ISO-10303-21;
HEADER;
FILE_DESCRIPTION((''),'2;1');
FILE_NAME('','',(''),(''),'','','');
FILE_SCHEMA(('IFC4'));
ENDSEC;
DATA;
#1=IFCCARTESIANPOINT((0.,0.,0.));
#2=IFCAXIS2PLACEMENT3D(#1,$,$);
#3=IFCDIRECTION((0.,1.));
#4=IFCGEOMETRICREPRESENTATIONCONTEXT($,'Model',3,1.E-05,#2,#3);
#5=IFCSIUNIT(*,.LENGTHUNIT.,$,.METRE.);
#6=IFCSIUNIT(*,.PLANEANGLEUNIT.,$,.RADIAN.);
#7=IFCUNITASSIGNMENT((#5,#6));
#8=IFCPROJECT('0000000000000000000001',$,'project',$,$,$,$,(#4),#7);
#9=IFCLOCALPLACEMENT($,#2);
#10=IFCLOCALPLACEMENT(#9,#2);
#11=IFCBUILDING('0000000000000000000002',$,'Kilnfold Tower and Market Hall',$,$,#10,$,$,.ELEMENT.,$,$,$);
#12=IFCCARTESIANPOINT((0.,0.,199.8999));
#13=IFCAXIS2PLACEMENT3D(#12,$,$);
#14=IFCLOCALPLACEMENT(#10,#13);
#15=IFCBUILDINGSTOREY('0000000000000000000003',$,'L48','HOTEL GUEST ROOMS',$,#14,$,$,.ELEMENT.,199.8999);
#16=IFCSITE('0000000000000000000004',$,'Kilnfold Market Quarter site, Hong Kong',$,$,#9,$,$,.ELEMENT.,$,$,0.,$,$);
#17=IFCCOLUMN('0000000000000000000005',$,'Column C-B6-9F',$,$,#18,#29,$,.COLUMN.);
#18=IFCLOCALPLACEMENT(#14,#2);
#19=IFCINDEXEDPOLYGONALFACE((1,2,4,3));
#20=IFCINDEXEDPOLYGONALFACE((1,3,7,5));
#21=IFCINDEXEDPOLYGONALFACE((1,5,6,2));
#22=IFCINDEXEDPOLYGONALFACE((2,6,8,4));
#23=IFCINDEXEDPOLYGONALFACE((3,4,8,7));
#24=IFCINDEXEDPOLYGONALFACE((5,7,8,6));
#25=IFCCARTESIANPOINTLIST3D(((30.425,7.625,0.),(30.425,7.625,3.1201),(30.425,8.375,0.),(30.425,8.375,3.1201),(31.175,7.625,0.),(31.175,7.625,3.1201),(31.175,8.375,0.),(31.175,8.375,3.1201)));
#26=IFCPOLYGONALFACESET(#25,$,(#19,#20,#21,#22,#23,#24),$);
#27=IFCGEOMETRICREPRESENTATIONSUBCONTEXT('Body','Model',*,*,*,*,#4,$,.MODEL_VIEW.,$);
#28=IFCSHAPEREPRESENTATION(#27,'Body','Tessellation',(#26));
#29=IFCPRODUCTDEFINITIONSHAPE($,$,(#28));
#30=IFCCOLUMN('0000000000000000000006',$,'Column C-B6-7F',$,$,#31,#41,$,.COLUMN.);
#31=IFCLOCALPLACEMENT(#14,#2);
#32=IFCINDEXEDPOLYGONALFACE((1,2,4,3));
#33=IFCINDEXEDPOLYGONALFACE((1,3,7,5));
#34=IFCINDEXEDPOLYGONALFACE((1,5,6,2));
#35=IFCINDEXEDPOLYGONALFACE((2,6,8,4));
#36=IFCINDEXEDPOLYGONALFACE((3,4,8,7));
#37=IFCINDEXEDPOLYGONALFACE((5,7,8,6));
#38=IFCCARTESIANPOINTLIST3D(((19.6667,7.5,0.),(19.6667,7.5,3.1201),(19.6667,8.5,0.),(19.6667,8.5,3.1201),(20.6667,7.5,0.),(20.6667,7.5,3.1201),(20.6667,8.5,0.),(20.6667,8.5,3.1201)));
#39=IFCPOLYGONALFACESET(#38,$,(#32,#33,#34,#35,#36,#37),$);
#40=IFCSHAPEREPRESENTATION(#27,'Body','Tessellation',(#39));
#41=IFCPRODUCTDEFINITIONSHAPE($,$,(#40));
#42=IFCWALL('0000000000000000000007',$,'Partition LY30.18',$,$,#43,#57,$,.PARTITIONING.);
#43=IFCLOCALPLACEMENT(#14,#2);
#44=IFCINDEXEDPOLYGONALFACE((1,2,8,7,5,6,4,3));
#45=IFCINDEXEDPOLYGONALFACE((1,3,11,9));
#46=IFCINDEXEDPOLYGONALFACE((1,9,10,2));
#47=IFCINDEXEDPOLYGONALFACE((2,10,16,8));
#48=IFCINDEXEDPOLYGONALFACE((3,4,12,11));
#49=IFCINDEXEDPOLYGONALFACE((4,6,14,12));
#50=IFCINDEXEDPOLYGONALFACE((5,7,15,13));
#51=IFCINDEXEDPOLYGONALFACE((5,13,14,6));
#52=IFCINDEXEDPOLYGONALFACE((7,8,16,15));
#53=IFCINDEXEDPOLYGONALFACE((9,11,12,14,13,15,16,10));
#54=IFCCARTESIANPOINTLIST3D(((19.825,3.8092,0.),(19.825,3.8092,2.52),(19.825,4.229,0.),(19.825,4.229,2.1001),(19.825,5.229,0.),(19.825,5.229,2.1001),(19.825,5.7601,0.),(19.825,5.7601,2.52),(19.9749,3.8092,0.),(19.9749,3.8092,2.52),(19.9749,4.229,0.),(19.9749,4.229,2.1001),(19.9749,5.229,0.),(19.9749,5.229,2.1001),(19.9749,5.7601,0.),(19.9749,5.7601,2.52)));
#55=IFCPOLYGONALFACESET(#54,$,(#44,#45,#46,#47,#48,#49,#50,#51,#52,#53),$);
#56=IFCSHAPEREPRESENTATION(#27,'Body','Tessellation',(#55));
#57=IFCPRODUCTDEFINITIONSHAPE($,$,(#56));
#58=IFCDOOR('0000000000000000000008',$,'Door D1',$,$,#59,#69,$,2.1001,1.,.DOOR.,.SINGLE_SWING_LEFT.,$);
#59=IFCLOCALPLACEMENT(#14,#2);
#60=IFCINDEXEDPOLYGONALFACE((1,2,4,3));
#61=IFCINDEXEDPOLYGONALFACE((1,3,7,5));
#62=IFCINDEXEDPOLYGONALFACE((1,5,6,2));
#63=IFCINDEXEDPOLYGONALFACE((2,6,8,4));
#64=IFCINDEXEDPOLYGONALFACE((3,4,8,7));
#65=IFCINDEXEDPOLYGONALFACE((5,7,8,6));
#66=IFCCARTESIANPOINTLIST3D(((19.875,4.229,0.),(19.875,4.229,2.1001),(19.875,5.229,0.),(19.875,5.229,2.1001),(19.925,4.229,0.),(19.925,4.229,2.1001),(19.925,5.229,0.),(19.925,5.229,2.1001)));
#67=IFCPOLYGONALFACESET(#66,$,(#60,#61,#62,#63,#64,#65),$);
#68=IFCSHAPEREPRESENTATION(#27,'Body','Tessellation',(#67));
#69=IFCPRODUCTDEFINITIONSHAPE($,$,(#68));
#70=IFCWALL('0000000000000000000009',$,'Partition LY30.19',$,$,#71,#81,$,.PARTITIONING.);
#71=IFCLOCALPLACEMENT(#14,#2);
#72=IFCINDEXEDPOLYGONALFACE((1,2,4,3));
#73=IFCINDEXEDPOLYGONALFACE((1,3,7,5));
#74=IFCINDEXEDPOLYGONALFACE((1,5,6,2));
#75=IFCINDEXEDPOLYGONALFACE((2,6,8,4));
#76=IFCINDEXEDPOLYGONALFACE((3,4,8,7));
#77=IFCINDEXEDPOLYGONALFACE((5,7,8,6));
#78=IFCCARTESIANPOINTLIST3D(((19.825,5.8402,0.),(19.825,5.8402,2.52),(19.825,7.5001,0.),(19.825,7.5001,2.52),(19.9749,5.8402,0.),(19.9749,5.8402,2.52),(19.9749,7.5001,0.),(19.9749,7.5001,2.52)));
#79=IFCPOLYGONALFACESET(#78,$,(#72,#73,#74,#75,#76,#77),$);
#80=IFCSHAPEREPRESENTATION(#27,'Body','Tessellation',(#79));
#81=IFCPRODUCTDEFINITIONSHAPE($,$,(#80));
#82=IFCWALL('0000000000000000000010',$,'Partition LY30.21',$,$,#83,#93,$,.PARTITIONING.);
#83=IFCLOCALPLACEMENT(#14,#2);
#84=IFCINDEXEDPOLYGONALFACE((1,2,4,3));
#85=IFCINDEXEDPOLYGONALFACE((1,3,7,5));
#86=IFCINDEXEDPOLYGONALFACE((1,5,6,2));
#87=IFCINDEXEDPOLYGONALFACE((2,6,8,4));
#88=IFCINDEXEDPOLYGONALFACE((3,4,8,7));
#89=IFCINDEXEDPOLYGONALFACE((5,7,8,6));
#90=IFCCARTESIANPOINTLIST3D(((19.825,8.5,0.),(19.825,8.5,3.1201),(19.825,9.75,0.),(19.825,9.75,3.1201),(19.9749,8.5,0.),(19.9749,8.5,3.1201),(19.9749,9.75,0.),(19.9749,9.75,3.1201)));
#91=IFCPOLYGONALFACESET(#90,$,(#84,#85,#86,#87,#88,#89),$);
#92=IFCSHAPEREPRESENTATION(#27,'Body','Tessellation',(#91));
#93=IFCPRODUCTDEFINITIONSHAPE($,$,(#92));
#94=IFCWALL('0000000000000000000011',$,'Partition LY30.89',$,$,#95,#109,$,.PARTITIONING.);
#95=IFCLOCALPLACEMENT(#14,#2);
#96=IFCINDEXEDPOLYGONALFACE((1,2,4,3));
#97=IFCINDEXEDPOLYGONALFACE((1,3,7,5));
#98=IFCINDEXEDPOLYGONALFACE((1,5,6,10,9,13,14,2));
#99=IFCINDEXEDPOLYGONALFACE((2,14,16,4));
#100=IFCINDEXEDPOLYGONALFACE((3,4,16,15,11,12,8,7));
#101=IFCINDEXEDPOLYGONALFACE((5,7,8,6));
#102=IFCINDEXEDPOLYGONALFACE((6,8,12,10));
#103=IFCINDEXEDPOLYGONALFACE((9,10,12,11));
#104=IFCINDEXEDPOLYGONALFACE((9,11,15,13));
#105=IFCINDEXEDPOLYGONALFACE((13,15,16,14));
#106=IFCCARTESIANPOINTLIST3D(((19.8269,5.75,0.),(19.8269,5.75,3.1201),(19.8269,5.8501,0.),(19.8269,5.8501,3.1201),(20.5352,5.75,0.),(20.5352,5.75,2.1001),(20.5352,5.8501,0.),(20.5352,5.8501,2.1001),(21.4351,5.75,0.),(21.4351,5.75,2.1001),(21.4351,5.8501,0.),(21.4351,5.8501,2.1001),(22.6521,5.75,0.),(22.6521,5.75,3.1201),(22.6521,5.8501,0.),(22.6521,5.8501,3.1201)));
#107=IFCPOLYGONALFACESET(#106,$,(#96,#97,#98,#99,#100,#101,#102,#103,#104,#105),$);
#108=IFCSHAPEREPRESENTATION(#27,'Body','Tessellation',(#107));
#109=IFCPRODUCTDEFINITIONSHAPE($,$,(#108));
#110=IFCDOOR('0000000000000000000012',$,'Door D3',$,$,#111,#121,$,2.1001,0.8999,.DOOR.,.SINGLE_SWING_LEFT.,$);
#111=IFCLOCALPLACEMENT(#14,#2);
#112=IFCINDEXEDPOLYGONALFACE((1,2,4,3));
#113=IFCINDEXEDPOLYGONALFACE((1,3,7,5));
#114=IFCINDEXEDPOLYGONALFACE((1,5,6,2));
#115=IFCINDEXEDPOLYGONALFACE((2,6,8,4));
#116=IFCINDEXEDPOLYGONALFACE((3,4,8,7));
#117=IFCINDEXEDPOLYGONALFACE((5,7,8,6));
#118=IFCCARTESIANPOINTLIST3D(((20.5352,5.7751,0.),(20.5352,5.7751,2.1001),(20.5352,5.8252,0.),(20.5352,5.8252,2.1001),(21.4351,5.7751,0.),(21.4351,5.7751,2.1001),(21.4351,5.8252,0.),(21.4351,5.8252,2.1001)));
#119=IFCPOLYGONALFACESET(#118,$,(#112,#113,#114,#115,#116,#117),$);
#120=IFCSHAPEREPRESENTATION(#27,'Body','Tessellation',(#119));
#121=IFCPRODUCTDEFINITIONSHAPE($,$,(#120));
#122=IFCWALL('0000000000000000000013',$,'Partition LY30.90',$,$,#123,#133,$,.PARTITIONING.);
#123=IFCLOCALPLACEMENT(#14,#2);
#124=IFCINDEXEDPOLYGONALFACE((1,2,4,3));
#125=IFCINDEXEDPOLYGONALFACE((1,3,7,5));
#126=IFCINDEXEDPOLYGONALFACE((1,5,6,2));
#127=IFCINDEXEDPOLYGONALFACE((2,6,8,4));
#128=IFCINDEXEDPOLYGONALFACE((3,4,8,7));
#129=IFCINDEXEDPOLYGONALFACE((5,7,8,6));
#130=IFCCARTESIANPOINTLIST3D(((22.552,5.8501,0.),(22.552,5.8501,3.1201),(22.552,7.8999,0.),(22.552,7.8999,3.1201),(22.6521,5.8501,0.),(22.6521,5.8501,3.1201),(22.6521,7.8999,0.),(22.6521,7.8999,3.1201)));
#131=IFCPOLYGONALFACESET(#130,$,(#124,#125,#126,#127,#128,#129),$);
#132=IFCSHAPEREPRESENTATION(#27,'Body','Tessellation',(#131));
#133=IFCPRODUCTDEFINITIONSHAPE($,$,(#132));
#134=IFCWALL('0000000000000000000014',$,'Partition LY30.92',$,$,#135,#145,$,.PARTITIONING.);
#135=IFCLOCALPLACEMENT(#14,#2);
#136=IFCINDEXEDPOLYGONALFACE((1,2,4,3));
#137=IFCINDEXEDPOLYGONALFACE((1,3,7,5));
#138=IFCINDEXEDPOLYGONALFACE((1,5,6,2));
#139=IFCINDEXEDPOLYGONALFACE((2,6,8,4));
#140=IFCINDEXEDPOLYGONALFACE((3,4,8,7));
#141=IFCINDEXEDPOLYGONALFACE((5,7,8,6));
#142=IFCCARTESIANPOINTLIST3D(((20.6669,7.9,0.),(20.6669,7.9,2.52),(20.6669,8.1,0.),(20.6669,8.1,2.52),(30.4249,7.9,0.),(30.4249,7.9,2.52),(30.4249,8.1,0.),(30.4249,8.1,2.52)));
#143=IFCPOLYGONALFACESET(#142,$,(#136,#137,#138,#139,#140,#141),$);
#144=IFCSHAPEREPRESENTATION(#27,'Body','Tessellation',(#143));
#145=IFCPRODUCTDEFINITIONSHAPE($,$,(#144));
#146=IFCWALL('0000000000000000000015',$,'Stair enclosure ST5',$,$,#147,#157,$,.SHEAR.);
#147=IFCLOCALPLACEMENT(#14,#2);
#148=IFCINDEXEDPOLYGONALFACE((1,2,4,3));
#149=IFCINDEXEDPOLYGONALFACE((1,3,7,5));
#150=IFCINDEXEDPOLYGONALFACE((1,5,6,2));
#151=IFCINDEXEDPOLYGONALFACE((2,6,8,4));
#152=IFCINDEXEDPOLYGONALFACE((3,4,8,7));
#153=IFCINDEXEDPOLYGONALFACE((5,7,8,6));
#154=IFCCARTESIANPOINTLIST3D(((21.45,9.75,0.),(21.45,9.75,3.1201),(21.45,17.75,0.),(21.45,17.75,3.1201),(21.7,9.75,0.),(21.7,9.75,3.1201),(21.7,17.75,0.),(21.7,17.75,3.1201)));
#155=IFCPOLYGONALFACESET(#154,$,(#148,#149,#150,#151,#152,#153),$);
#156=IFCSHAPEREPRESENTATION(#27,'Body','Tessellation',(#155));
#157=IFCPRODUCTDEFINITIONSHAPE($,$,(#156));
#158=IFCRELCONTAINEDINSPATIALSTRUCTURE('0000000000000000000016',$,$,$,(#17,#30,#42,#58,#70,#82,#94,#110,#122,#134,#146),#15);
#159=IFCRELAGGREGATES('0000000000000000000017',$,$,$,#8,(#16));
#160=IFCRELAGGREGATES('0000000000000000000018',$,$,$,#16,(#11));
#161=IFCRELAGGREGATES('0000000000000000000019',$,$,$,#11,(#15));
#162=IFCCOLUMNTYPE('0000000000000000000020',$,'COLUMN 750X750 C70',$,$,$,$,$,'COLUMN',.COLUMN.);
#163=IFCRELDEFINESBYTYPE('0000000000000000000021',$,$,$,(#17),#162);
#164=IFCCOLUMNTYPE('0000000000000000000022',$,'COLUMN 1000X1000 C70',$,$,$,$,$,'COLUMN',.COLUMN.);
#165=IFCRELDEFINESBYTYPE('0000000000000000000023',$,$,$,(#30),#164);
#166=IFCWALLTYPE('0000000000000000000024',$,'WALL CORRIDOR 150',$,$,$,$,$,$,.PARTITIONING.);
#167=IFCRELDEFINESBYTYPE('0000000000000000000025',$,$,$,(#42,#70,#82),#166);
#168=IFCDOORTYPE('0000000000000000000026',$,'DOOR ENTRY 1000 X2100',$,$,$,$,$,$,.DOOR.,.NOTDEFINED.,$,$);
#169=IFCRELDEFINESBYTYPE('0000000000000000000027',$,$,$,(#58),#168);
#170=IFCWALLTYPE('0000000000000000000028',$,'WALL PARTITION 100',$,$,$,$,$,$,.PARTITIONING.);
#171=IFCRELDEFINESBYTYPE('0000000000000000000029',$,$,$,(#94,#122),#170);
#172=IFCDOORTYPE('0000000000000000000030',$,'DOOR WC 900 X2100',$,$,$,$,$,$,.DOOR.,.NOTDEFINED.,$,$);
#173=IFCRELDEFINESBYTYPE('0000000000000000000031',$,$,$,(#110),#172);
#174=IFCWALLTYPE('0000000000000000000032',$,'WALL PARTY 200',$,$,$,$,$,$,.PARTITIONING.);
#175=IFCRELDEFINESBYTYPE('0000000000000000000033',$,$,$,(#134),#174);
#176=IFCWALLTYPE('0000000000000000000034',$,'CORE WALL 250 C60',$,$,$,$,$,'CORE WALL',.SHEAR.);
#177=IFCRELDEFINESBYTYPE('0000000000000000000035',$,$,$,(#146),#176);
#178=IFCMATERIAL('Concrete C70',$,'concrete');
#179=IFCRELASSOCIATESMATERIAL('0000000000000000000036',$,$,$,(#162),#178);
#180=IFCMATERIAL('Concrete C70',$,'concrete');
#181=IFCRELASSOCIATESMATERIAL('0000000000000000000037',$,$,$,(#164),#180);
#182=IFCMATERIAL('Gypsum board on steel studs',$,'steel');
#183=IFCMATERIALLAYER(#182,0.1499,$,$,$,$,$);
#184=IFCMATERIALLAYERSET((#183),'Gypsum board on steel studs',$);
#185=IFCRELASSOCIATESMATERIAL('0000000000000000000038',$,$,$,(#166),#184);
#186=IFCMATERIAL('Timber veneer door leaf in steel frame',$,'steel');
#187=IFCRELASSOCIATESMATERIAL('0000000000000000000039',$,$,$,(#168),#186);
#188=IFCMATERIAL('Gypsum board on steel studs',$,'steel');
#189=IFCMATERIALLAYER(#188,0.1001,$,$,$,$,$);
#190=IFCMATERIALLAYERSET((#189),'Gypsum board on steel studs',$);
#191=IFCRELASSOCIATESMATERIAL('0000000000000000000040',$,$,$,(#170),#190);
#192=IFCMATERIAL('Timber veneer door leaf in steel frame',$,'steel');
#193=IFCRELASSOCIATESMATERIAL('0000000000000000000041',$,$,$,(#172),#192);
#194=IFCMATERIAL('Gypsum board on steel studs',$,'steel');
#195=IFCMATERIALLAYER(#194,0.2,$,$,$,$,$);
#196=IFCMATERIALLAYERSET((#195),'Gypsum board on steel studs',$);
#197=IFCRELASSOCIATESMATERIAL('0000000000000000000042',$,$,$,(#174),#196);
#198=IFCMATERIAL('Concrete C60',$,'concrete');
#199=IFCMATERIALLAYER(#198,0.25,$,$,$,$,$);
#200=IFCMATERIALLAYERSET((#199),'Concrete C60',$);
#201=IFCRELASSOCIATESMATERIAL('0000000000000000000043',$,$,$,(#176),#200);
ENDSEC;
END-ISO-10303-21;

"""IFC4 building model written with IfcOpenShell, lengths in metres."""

from ifc_helpers import new_model, si_unit, direction, frame, frame_2d, origin, origin_2d, place, context, subcontext, project, spatial, rectangle, extrude, source, transform, mapped, material, layer, layer_set, material_profile, profile_set, type_object, element, fill, save


model = new_model("IFC4")

# Units and contexts
model_context = context("Model", 3, precision=1e-05, world=origin(), true_north=direction((0.0, 1.0)))
body_context = subcontext(model_context, "Body", "Model", "MODEL_VIEW")
ifc_project = project(units=[si_unit("LENGTHUNIT", "METRE"), si_unit("PLANEANGLEUNIT", "RADIAN")], contexts=[model_context])

# Site, building, storey
site_placement = place(None, origin())
site = spatial("IfcSite", under=ifc_project, at=site_placement, Name="Kilnfold Market Quarter site, Hong Kong", CompositionType="ELEMENT", RefElevation=0.0)
building_placement = place(site_placement, origin())
building = spatial("IfcBuilding", under=site, at=building_placement, Name="Kilnfold Tower and Market Hall", CompositionType="ELEMENT")
storey_placement = place(building_placement, frame((0.0, 0.0, 199.8999)))
storey = spatial("IfcBuildingStorey", under=building, at=storey_placement, Name="L48", Description="HOTEL GUEST ROOMS", CompositionType="ELEMENT", Elevation=199.8999)

# Columns
ifc_material_1 = material(Name="Concrete C70", Category="concrete")
ifc_material_profile_1 = material_profile(ifc_material_1, rectangle(XDim=0.75, YDim=0.75, at=origin_2d()), Name="RC 750x750")
ifc_profile_set_1 = profile_set([ifc_material_profile_1], Name="Concrete C70")
column_type_1 = type_object("IfcColumnType", Name="COLUMN 750X750 C70", ElementType="COLUMN", PredefinedType="COLUMN", material=ifc_profile_set_1)
shared_shape_1 = source(origin(), body_context, "Body", "SweptSolid", [
    extrude(rectangle(XDim=0.75, YDim=0.75, at=origin_2d()), origin(), (0.0, 0.0, 1.0), 3.1201),
])
column_1_placement = place(storey_placement, frame((30.8, 8.0, 0.0), z_axis=(0.0, 0.0, 1.0), x_axis=(1.0, 0.0, 0.0)))
element("IfcColumn", 1, at=column_1_placement, inside=storey, type_object=column_type_1, Name="Column C-B6-9F", PredefinedType="COLUMN", context=body_context, shape_type="MappedRepresentation", body=[
    mapped(shared_shape_1, transform((0.0, 0.0, 0.0))),
])
ifc_material_2 = material(Name="Concrete C70", Category="concrete")
ifc_material_profile_2 = material_profile(ifc_material_2, rectangle(XDim=1.0, YDim=1.0, at=origin_2d()), Name="RC 1000x1000")
ifc_profile_set_2 = profile_set([ifc_material_profile_2], Name="Concrete C70")
column_type_2 = type_object("IfcColumnType", Name="COLUMN 1000X1000 C70", ElementType="COLUMN", PredefinedType="COLUMN", material=ifc_profile_set_2)
shared_shape_2 = source(origin(), body_context, "Body", "SweptSolid", [
    extrude(rectangle(XDim=1.0, YDim=1.0, at=origin_2d()), origin(), (0.0, 0.0, 1.0), 3.1201),
])
column_2_placement = place(storey_placement, frame((20.1667, 8.0, 0.0), z_axis=(0.0, 0.0, 1.0), x_axis=(1.0, 0.0, 0.0)))
element("IfcColumn", 2, at=column_2_placement, inside=storey, type_object=column_type_2, Name="Column C-B6-7F", PredefinedType="COLUMN", context=body_context, shape_type="MappedRepresentation", body=[
    mapped(shared_shape_2, transform((0.0, 0.0, 0.0))),
])

# Wall, opening, door
ifc_material_3 = material(Name="Gypsum board on steel studs", Category="steel")
ifc_layer_1 = layer(ifc_material_3, 0.1499)
ifc_layer_set_1 = layer_set([ifc_layer_1], Name="Gypsum board on steel studs")
wall_type_1 = type_object("IfcWallType", Name="WALL CORRIDOR 150", PredefinedType="PARTITIONING", material=ifc_layer_set_1)
wall_1_placement = place(storey_placement, frame((19.8999, 3.8091, 0.0), z_axis=(0.0, 0.0, 1.0), x_axis=(0.0, 1.0, 0.0)))
wall_1 = element("IfcWall", 3, at=wall_1_placement, inside=storey, type_object=wall_type_1, Name="Partition LY30.18", PredefinedType="PARTITIONING", context=body_context, shape_type="SweptSolid", body=[
    extrude(rectangle(XDim=1.9509, YDim=0.1499, at=frame_2d((0.9756, 0.0))), origin(), (0.0, 0.0, 1.0), 2.52),
])
opening_1_placement = place(wall_1_placement, frame((0.4199, 0.0, 0.0)))
opening_1 = element("IfcOpeningElement", 4, at=opening_1_placement, cuts=wall_1, PredefinedType="OPENING", context=body_context, shape_type="SweptSolid", body=[
    extrude(rectangle(XDim=1.0, YDim=2.1001, at=frame_2d((0.5, 1.05))), frame((0.0, 0.085, 0.0), z_axis=(0.0, -1.0, 0.0), x_axis=(1.0, 0.0, 0.0)), (0.0, 0.0, 1.0), 0.1699),
])
ifc_material_4 = material(Name="Timber veneer door leaf in steel frame", Category="steel")
door_type_1 = type_object("IfcDoorType", Name="DOOR ENTRY 1000 X2100", OperationType="NOTDEFINED", PredefinedType="DOOR", material=ifc_material_4)
door_1_placement = place(opening_1_placement, origin())
door_1 = element("IfcDoor", 5, at=door_1_placement, inside=storey, type_object=door_type_1, Name="Door D1", OperationType="SINGLE_SWING_LEFT", OverallHeight=2.1001, OverallWidth=1.0, PredefinedType="DOOR", context=body_context, shape_type="SweptSolid", body=[
    extrude(rectangle(XDim=1.0, YDim=2.1001, at=frame_2d((0.5, 1.05))), frame((0.0, 0.0249, 0.0), z_axis=(0.0, -1.0, 0.0), x_axis=(1.0, 0.0, 0.0)), (0.0, 0.0, 1.0), 0.05),
])
fill(opening_1, door_1)

# Walls
wall_2_placement = place(storey_placement, frame((19.8999, 5.8401, 0.0), z_axis=(0.0, 0.0, 1.0), x_axis=(0.0, 1.0, 0.0)))
element("IfcWall", 6, at=wall_2_placement, inside=storey, type_object=wall_type_1, Name="Partition LY30.19", PredefinedType="PARTITIONING", context=body_context, shape_type="SweptSolid", body=[
    extrude(rectangle(XDim=1.6599, YDim=0.1499, at=frame_2d((0.8301, 0.0))), origin(), (0.0, 0.0, 1.0), 2.52),
])
wall_3_placement = place(storey_placement, frame((19.8999, 8.5, 0.0), z_axis=(0.0, 0.0, 1.0), x_axis=(0.0, 1.0, 0.0)))
element("IfcWall", 7, at=wall_3_placement, inside=storey, type_object=wall_type_1, Name="Partition LY30.21", PredefinedType="PARTITIONING", context=body_context, shape_type="SweptSolid", body=[
    extrude(rectangle(XDim=1.25, YDim=0.1499, at=frame_2d((0.625, 0.0))), origin(), (0.0, 0.0, 1.0), 3.1201),
])

# Wall, opening, door
ifc_material_5 = material(Name="Gypsum board on steel studs", Category="steel")
ifc_layer_2 = layer(ifc_material_5, 0.1001)
ifc_layer_set_2 = layer_set([ifc_layer_2], Name="Gypsum board on steel studs")
wall_type_2 = type_object("IfcWallType", Name="WALL PARTITION 100", PredefinedType="PARTITIONING", material=ifc_layer_set_2)
wall_4_placement = place(storey_placement, frame((22.6521, 5.8, 0.0), z_axis=(0.0, 0.0, 1.0), x_axis=(-1.0, 0.0, 0.0)))
wall_4 = element("IfcWall", 8, at=wall_4_placement, inside=storey, type_object=wall_type_2, Name="Partition LY30.89", PredefinedType="PARTITIONING", context=body_context, shape_type="SweptSolid", body=[
    extrude(rectangle(XDim=2.8252, YDim=0.1001, at=frame_2d((1.4126, 0.0))), origin(), (0.0, 0.0, 1.0), 3.1201),
])
opening_2_placement = place(wall_4_placement, frame((1.217, 0.0, 0.0)))
opening_2 = element("IfcOpeningElement", 9, at=opening_2_placement, cuts=wall_4, PredefinedType="OPENING", context=body_context, shape_type="SweptSolid", body=[
    extrude(rectangle(XDim=0.8999, YDim=2.1001, at=frame_2d((0.45, 1.05))), frame((0.0, 0.0601, 0.0), z_axis=(0.0, -1.0, 0.0), x_axis=(1.0, 0.0, 0.0)), (0.0, 0.0, 1.0), 0.1201),
])
ifc_material_6 = material(Name="Timber veneer door leaf in steel frame", Category="steel")
door_type_2 = type_object("IfcDoorType", Name="DOOR WC 900 X2100", OperationType="NOTDEFINED", PredefinedType="DOOR", material=ifc_material_6)
door_2_placement = place(opening_2_placement, origin())
door_2 = element("IfcDoor", 10, at=door_2_placement, inside=storey, type_object=door_type_2, Name="Door D3", OperationType="SINGLE_SWING_LEFT", OverallHeight=2.1001, OverallWidth=0.8999, PredefinedType="DOOR", context=body_context, shape_type="SweptSolid", body=[
    extrude(rectangle(XDim=0.8999, YDim=2.1001, at=frame_2d((0.45, 1.05))), frame((0.0, 0.0249, 0.0), z_axis=(0.0, -1.0, 0.0), x_axis=(1.0, 0.0, 0.0)), (0.0, 0.0, 1.0), 0.05),
])
fill(opening_2, door_2)

# Walls
wall_5_placement = place(storey_placement, frame((22.6021, 5.8501, 0.0), z_axis=(0.0, 0.0, 1.0), x_axis=(0.0, 1.0, 0.0)))
element("IfcWall", 11, at=wall_5_placement, inside=storey, type_object=wall_type_2, Name="Partition LY30.90", PredefinedType="PARTITIONING", context=body_context, shape_type="SweptSolid", body=[
    extrude(rectangle(XDim=2.0498, YDim=0.1001, at=frame_2d((1.0249, 0.0))), origin(), (0.0, 0.0, 1.0), 3.1201),
])
ifc_material_7 = material(Name="Gypsum board on steel studs", Category="steel")
ifc_layer_3 = layer(ifc_material_7, 0.2)
ifc_layer_set_3 = layer_set([ifc_layer_3], Name="Gypsum board on steel studs")
wall_type_3 = type_object("IfcWallType", Name="WALL PARTY 200", PredefinedType="PARTITIONING", material=ifc_layer_set_3)
wall_6_placement = place(storey_placement, frame((20.667, 8.0, 0.0), z_axis=(0.0, 0.0, 1.0), x_axis=(1.0, 0.0, 0.0)))
element("IfcWall", 12, at=wall_6_placement, inside=storey, type_object=wall_type_3, Name="Partition LY30.92", PredefinedType="PARTITIONING", context=body_context, shape_type="SweptSolid", body=[
    extrude(rectangle(XDim=9.7581, YDim=0.2, at=frame_2d((4.8789, 0.0))), origin(), (0.0, 0.0, 1.0), 2.52),
])
ifc_material_8 = material(Name="Concrete C60", Category="concrete")
ifc_layer_4 = layer(ifc_material_8, 0.25)
ifc_layer_set_4 = layer_set([ifc_layer_4], Name="Concrete C60")
wall_type_4 = type_object("IfcWallType", Name="CORE WALL 250 C60", ElementType="CORE WALL", PredefinedType="SHEAR", material=ifc_layer_set_4)
shared_shape_3 = source(origin(), body_context, "Body", "SweptSolid", [
    extrude(rectangle(XDim=8.0, YDim=0.25, at=frame_2d((4.0, 0.0))), origin(), (0.0, 0.0, 1.0), 3.1201),
])
wall_7_placement = place(storey_placement, frame((21.575, 9.75, 0.0), z_axis=(0.0, 0.0, 1.0), x_axis=(0.0, 1.0, 0.0)))
element("IfcWall", 13, at=wall_7_placement, inside=storey, type_object=wall_type_4, Name="Stair enclosure ST5", PredefinedType="SHEAR", context=body_context, shape_type="MappedRepresentation", body=[
    mapped(shared_shape_3, transform((0.0, 0.0, 0.0))),
])

save(model, "model.ifc")
